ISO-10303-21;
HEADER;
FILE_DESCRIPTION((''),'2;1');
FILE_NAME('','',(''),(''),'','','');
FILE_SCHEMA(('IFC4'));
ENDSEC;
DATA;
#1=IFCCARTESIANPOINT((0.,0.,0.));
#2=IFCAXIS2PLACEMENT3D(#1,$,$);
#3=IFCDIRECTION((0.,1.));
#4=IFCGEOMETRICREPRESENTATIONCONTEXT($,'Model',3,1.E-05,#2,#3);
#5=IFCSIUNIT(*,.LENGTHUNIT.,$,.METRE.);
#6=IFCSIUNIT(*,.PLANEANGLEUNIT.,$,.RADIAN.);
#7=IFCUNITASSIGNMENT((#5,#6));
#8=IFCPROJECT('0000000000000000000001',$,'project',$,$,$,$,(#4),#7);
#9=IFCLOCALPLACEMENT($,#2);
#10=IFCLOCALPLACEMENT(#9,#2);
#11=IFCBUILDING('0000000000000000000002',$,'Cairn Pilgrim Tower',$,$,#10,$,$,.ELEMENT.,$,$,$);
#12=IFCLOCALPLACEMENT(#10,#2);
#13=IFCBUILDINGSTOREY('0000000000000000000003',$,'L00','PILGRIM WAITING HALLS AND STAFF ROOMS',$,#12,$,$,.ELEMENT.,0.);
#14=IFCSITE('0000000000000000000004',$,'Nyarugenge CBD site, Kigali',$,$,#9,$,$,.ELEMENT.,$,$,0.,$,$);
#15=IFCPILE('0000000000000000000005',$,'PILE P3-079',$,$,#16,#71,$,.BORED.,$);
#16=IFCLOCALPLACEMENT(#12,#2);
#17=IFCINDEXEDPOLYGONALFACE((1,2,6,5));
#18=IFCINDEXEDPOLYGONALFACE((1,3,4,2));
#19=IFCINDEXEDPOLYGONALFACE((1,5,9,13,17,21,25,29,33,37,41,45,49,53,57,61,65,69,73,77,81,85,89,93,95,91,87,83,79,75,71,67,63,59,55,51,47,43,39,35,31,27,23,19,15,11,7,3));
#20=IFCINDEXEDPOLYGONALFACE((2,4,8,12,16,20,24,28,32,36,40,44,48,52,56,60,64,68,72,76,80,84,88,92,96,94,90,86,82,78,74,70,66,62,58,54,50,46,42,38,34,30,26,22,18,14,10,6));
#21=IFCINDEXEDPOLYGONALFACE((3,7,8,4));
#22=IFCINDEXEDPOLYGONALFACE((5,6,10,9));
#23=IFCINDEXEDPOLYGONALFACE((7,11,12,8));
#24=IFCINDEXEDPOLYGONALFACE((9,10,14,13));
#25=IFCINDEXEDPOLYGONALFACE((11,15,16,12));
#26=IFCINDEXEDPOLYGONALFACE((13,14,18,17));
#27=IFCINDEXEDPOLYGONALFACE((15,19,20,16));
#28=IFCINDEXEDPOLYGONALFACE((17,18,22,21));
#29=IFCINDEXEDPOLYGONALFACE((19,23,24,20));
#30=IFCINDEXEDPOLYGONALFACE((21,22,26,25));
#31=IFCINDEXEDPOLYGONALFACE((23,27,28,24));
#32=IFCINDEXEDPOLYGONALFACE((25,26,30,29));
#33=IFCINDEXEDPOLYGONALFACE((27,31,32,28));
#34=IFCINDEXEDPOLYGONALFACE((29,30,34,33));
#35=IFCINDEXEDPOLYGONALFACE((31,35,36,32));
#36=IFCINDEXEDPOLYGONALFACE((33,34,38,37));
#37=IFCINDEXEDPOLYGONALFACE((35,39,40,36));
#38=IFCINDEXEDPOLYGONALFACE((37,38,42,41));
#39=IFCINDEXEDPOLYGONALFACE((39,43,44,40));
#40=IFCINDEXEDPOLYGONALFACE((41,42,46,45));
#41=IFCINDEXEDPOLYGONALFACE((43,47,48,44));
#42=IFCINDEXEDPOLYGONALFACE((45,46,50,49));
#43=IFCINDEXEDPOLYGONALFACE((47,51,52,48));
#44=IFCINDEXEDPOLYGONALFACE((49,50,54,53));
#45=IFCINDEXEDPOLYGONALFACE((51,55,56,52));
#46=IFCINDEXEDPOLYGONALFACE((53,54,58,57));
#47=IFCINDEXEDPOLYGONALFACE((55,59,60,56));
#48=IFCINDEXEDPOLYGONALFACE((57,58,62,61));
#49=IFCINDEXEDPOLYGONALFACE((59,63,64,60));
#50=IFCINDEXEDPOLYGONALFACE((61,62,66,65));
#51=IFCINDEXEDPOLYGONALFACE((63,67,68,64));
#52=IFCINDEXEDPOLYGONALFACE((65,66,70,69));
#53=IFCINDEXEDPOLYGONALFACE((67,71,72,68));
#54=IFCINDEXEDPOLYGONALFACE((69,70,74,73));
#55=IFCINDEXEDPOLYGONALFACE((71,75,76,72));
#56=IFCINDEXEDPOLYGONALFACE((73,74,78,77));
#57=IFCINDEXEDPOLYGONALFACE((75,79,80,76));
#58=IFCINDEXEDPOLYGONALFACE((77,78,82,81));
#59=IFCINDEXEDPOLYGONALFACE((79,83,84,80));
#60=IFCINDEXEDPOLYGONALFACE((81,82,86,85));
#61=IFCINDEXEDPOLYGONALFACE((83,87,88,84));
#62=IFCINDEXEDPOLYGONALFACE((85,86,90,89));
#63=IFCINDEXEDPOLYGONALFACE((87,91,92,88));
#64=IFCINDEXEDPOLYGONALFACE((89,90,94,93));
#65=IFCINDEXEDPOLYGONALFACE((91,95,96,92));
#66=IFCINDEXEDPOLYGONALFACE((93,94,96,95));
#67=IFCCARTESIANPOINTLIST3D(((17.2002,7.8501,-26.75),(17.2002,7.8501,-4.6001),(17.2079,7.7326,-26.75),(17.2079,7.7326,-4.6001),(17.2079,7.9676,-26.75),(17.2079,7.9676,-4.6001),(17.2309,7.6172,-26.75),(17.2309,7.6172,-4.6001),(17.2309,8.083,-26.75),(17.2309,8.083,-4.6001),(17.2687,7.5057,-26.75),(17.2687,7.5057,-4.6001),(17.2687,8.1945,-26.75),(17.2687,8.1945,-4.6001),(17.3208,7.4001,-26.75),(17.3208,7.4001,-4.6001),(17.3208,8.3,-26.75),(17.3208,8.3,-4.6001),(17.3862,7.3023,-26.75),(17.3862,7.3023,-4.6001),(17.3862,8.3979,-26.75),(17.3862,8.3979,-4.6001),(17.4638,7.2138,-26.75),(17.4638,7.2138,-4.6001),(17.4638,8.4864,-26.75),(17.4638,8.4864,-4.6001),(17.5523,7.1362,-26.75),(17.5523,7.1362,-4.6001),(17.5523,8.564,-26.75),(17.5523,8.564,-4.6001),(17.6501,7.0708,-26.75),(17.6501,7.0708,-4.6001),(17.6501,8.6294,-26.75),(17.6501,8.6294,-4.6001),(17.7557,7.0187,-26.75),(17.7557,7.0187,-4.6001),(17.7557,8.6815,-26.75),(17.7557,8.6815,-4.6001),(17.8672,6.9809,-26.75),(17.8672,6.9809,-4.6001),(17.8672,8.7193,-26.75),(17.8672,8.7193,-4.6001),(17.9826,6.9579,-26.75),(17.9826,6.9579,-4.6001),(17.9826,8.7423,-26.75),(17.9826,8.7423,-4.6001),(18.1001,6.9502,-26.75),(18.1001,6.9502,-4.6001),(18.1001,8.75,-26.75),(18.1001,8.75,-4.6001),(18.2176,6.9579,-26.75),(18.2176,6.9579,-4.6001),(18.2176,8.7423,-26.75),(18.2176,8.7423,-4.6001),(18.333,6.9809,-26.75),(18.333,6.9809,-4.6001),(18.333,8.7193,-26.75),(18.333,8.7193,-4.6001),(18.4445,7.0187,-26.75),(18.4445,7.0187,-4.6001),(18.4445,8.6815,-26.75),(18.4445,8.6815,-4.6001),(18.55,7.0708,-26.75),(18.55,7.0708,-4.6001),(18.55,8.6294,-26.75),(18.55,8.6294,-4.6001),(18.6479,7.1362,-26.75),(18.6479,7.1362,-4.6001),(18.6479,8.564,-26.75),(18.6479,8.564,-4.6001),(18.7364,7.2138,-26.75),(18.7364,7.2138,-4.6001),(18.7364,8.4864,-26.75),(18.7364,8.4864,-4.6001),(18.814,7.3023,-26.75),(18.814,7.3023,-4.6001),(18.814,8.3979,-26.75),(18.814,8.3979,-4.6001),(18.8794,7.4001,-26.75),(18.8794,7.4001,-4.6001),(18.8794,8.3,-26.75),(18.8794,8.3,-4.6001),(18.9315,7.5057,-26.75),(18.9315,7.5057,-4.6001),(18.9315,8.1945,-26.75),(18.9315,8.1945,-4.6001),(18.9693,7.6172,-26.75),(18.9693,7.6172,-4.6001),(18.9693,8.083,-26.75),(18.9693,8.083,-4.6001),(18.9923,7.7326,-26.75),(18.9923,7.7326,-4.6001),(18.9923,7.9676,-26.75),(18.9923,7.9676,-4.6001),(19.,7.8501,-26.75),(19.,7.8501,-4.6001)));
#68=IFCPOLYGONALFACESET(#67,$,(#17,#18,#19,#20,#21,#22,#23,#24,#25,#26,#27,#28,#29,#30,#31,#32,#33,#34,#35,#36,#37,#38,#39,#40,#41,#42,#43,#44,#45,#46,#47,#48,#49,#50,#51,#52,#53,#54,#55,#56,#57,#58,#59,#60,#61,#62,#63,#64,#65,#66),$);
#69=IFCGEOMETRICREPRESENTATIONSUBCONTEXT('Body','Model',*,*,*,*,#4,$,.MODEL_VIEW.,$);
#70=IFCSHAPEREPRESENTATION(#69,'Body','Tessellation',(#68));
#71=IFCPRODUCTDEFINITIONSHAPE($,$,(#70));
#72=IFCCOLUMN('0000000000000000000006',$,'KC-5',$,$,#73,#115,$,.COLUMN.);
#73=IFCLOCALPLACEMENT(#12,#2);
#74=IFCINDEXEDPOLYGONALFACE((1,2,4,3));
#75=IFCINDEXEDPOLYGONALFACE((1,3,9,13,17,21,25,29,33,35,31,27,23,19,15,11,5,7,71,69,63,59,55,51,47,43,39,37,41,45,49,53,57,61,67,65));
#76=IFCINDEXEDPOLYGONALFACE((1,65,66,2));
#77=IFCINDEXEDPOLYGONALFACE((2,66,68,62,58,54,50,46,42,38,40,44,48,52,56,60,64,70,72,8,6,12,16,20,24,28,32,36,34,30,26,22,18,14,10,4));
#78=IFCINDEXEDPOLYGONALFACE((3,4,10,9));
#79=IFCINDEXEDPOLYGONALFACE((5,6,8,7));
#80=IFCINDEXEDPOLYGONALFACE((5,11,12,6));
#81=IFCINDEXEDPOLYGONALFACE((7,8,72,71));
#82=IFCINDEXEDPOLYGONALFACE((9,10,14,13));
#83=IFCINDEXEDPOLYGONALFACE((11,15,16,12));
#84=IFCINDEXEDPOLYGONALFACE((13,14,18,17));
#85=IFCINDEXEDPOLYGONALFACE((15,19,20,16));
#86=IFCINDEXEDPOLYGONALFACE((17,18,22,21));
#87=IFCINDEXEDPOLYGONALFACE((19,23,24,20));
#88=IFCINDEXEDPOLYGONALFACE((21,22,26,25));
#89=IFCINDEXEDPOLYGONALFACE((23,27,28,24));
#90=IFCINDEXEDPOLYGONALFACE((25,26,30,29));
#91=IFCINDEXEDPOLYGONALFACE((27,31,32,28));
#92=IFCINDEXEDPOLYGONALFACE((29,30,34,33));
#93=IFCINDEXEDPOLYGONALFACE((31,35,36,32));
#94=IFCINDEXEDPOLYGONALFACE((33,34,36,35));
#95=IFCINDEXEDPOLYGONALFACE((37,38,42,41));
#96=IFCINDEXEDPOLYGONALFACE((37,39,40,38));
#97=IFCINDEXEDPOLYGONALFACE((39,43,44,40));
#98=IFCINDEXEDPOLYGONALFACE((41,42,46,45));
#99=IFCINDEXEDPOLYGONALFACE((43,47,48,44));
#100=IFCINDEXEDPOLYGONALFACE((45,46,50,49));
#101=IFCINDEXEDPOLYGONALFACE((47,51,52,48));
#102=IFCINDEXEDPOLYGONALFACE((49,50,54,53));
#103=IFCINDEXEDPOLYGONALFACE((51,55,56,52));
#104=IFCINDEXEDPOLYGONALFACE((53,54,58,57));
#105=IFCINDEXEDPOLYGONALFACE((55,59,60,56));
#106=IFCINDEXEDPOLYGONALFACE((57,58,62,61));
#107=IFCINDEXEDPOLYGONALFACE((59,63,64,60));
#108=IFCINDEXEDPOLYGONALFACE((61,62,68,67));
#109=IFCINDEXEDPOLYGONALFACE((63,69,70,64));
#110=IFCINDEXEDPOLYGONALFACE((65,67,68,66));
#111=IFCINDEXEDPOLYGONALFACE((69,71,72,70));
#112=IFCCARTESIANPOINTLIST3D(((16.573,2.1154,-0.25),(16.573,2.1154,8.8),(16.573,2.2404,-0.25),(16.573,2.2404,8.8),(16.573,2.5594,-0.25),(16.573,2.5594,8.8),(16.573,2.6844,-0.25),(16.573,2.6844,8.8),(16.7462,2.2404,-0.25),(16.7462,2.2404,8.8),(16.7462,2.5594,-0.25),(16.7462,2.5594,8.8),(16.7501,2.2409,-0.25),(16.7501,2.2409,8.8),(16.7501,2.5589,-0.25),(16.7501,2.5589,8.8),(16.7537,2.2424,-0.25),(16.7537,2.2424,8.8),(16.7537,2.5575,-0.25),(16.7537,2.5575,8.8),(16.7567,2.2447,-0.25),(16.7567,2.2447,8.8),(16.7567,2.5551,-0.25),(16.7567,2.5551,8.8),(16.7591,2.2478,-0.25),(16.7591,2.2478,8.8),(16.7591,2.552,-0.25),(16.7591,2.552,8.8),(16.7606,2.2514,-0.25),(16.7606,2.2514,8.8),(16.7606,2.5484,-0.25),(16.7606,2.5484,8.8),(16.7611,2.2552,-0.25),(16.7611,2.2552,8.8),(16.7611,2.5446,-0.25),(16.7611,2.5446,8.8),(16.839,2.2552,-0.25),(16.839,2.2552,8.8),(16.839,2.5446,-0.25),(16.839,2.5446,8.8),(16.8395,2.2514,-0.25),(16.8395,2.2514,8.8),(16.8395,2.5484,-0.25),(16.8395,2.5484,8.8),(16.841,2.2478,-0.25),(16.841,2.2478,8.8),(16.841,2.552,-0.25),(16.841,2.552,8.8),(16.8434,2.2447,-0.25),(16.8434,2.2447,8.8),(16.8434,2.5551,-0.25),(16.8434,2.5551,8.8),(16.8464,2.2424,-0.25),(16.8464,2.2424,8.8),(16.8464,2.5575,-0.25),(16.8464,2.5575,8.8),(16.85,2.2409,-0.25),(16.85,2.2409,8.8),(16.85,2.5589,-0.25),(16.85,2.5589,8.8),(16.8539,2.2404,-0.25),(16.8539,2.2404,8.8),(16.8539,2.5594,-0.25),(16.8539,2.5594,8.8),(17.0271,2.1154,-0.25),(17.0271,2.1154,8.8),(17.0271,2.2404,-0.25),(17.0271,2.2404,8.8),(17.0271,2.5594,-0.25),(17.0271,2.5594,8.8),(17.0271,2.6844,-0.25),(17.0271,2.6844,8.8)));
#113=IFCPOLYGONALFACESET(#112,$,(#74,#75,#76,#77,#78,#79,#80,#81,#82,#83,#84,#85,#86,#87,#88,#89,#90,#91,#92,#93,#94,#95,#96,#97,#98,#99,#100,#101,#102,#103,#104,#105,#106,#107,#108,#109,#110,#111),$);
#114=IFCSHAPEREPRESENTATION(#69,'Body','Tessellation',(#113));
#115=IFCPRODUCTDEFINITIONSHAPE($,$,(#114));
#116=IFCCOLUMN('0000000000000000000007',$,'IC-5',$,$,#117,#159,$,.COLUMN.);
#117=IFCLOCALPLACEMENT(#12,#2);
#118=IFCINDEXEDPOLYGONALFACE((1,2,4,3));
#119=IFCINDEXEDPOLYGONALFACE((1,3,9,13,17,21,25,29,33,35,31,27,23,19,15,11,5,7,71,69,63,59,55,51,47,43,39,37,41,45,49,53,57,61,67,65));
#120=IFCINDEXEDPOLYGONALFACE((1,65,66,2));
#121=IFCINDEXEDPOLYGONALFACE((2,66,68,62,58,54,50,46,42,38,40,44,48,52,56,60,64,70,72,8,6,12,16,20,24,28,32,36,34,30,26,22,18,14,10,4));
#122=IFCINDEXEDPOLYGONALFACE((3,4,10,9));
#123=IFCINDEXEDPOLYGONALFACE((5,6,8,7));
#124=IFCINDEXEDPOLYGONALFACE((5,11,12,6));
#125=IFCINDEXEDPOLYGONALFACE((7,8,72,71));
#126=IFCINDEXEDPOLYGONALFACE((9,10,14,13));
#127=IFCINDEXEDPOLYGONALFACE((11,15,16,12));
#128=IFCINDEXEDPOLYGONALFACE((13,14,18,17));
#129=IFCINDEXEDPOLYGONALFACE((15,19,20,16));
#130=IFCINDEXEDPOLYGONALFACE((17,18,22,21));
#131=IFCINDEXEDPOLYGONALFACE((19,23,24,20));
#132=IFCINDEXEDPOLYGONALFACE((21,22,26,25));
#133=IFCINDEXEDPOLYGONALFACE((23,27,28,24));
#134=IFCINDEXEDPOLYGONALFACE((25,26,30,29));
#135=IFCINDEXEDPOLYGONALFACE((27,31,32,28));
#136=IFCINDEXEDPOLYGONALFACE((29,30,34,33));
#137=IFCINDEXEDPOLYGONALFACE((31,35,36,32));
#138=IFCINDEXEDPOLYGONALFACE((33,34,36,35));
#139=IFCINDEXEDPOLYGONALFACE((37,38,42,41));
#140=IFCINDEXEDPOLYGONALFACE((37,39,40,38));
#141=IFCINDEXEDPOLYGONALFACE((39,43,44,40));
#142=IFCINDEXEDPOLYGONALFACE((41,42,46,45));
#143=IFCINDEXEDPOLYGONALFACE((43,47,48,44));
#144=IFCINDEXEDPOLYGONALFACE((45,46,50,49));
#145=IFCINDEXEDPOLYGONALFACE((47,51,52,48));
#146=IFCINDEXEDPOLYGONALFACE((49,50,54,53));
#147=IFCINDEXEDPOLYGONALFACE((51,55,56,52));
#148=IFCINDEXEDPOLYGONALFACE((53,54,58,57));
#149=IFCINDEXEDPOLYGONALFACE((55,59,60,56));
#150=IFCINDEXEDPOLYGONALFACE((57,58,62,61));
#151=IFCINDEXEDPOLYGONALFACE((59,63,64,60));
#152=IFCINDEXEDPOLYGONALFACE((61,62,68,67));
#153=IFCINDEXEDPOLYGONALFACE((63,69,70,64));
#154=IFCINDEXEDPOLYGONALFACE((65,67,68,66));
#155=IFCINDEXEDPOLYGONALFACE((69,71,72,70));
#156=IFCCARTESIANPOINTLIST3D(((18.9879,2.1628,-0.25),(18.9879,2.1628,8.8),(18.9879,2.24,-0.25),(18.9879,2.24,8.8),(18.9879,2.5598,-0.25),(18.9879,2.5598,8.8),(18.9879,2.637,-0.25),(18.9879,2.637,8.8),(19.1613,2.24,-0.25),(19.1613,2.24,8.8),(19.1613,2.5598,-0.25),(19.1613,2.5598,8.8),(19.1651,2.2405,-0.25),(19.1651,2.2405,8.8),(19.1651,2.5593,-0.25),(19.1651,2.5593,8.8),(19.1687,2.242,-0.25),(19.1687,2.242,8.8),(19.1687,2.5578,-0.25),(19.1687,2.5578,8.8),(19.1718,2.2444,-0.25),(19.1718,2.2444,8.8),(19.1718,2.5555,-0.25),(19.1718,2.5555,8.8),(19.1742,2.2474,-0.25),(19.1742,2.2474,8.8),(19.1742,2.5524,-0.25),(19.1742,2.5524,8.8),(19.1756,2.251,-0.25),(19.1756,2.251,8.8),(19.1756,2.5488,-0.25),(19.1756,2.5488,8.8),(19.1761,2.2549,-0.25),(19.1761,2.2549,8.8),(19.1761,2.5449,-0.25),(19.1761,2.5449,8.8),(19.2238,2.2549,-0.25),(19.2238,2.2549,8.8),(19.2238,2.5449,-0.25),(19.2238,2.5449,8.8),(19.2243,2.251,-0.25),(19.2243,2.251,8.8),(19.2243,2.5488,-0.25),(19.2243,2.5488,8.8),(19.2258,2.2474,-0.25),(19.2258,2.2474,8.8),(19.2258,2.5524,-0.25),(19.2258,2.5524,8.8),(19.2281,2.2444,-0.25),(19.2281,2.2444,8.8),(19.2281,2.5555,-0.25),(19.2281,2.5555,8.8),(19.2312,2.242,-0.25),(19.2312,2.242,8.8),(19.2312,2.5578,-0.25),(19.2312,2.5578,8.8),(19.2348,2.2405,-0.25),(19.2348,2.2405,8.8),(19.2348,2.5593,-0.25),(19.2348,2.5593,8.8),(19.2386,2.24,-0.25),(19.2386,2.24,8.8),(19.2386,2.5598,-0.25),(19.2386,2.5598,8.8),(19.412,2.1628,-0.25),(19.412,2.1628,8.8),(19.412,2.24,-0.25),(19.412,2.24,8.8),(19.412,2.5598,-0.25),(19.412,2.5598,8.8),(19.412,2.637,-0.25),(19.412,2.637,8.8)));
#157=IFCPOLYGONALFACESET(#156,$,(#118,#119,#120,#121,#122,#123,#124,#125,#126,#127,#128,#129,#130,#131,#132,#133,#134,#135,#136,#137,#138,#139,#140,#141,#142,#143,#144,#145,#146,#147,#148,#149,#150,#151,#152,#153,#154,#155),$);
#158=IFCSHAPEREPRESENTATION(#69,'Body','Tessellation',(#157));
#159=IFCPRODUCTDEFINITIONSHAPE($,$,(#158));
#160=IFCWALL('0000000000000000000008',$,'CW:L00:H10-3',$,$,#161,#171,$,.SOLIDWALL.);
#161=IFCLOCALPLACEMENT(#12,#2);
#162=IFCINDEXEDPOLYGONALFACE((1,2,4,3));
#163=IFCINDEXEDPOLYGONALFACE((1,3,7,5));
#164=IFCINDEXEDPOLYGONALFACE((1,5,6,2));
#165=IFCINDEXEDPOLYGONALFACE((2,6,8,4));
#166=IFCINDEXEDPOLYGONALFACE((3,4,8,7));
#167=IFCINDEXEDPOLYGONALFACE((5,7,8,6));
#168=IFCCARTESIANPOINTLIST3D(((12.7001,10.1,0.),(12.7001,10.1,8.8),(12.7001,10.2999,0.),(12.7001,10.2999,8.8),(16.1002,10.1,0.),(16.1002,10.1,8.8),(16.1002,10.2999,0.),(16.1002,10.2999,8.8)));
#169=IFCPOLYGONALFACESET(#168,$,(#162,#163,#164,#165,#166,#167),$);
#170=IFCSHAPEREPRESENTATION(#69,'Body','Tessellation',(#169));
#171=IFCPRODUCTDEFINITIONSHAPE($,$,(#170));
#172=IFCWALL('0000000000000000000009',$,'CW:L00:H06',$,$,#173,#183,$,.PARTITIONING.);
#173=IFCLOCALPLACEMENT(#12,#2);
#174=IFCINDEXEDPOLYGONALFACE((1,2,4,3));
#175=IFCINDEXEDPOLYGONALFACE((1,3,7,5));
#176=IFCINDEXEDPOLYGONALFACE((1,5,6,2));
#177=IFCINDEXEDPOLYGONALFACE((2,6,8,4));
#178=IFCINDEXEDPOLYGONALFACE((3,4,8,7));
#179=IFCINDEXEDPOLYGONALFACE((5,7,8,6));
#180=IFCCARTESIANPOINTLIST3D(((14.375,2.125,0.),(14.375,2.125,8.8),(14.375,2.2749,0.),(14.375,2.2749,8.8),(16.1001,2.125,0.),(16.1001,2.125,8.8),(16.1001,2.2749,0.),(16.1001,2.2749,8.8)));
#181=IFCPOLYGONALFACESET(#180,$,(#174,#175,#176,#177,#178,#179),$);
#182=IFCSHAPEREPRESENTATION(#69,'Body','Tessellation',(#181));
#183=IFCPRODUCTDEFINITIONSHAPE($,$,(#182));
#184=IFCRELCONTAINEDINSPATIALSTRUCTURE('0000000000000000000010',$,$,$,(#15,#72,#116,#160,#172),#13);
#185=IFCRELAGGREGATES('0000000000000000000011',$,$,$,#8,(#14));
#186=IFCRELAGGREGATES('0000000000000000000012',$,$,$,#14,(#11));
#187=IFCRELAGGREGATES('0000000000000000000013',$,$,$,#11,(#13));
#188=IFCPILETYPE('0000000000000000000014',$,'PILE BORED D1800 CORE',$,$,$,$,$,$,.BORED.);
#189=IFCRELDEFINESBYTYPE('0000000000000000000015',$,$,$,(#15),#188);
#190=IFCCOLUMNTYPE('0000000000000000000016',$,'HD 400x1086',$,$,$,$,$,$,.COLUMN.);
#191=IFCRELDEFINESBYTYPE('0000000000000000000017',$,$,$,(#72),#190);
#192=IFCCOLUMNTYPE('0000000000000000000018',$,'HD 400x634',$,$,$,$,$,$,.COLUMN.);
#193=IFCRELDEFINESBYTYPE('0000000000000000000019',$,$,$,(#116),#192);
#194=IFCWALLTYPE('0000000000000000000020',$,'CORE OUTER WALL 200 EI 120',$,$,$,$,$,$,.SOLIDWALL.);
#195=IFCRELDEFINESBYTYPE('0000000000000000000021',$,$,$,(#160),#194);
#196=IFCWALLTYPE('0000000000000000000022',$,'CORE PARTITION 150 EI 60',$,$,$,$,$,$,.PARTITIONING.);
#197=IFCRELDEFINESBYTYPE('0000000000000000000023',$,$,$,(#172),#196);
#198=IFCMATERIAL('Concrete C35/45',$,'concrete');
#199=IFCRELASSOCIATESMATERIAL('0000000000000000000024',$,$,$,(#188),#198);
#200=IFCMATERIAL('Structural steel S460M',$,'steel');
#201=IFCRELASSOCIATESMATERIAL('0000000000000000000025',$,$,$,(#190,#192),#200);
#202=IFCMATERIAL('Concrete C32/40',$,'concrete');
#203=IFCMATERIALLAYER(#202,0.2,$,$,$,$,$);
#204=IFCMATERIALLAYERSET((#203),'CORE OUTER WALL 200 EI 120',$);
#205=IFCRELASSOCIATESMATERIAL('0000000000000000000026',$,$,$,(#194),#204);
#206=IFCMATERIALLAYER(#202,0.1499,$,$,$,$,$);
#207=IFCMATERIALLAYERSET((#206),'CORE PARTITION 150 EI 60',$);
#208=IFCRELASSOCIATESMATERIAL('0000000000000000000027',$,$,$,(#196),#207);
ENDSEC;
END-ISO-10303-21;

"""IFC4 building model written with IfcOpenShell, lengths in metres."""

from ifc_helpers import new_model, si_unit, direction, frame, frame_2d, origin, origin_2d, place, context, subcontext, project, spatial, rectangle, circle, i_section, extrude, material, layer, layer_set, material_profile, profile_set, type_object, element, save


model = new_model("IFC4")

# Units and contexts
model_context = context("Model", 3, precision=1e-05, world=origin(), true_north=direction((0.0, 1.0)))
body_context = subcontext(model_context, "Body", "Model", "MODEL_VIEW")
ifc_project = project(units=[si_unit("LENGTHUNIT", "METRE"), si_unit("PLANEANGLEUNIT", "RADIAN")], contexts=[model_context])

# Site, building, storey
site_placement = place(None, origin())
site = spatial("IfcSite", under=ifc_project, at=site_placement, Name="Nyarugenge CBD site, Kigali", CompositionType="ELEMENT", RefElevation=0.0)
building_placement = place(site_placement, origin())
building = spatial("IfcBuilding", under=site, at=building_placement, Name="Cairn Pilgrim Tower", CompositionType="ELEMENT")
storey_placement = place(building_placement, origin())
storey = spatial("IfcBuildingStorey", under=building, at=storey_placement, Name="L00", Description="PILGRIM WAITING HALLS AND STAFF ROOMS", CompositionType="ELEMENT", Elevation=0.0)

# Pile
ifc_material_1 = material(Name="Concrete C35/45", Category="concrete")
ifc_material_profile_1 = material_profile(ifc_material_1, circle(Radius=0.8999, at=origin_2d()), Name="D1800")
ifc_profile_set_1 = profile_set([ifc_material_profile_1], Name="Concrete C35/45")
pile_type = type_object("IfcPileType", Name="PILE BORED D1800 CORE", PredefinedType="BORED", material=ifc_profile_set_1)
for number, where, z_axis, x_axis, name in (
    (1, (18.1001, 7.8501, -4.6001), (0.0, 0.0, -1.0), (1.0, 0.0, 0.0), "PILE P3-079"),
):
    element("IfcPile", number, at=place(storey_placement, frame(where, z_axis=z_axis, x_axis=x_axis)), inside=storey, type_object=pile_type, Name=name, PredefinedType="BORED", context=body_context, shape_type="SweptSolid", body=[
        extrude(circle(Radius=0.8999, at=origin_2d()), origin(), (0.0, 0.0, 1.0), 22.1499),
    ])

# Columns
ifc_material_2 = material(Name="Structural steel S460M", Category="steel")
ifc_material_profile_2 = material_profile(ifc_material_2, i_section(OverallWidth=0.4541, OverallDepth=0.5691, WebThickness=0.0779, FlangeThickness=0.125, FilletRadius=0.0149, at=origin_2d()), Name="HD 400x1086")
ifc_profile_set_2 = profile_set([ifc_material_profile_2], Name="Structural steel S460M")
column_type_1 = type_object("IfcColumnType", Name="HD 400x1086", PredefinedType="COLUMN", material=ifc_profile_set_2)
column_1_placement = place(storey_placement, frame((16.8, 2.3999, -0.25), z_axis=(0.0, 0.0, 1.0), x_axis=(1.0, 0.0, 0.0)))
element("IfcColumn", 2, at=column_1_placement, inside=storey, type_object=column_type_1, Name="KC-5", PredefinedType="COLUMN", context=body_context, shape_type="SweptSolid", body=[
    extrude(i_section(OverallWidth=0.4541, OverallDepth=0.5691, WebThickness=0.0779, FlangeThickness=0.125, FilletRadius=0.0149, at=origin_2d()), origin(), (0.0, 0.0, 1.0), 9.05),
])
ifc_material_profile_3 = material_profile(ifc_material_2, i_section(OverallWidth=0.4241, OverallDepth=0.4741, WebThickness=0.0476, FlangeThickness=0.0771, FilletRadius=0.0149, at=origin_2d()), Name="HD 400x634")
ifc_profile_set_3 = profile_set([ifc_material_profile_3], Name="Structural steel S460M")
column_type_2 = type_object("IfcColumnType", Name="HD 400x634", PredefinedType="COLUMN", material=ifc_profile_set_3)
column_2_placement = place(storey_placement, frame((19.2, 2.3999, -0.25), z_axis=(0.0, 0.0, 1.0), x_axis=(1.0, 0.0, 0.0)))
element("IfcColumn", 3, at=column_2_placement, inside=storey, type_object=column_type_2, Name="IC-5", PredefinedType="COLUMN", context=body_context, shape_type="SweptSolid", body=[
    extrude(i_section(OverallWidth=0.4241, OverallDepth=0.4741, WebThickness=0.0476, FlangeThickness=0.0771, FilletRadius=0.0149, at=origin_2d()), origin(), (0.0, 0.0, 1.0), 9.05),
])

# Walls
ifc_material_3 = material(Name="Concrete C32/40", Category="concrete")
ifc_layer_1 = layer(ifc_material_3, 0.2)
ifc_layer_set_1 = layer_set([ifc_layer_1], Name="CORE OUTER WALL 200 EI 120")
wall_type_1 = type_object("IfcWallType", Name="CORE OUTER WALL 200 EI 120", PredefinedType="SOLIDWALL", material=ifc_layer_set_1)
wall_1_placement = place(storey_placement, frame((12.7, 10.2, 0.0), z_axis=(0.0, 0.0, 1.0), x_axis=(1.0, 0.0, 0.0)))
element("IfcWall", 4, at=wall_1_placement, inside=storey, type_object=wall_type_1, Name="CW:L00:H10-3", PredefinedType="SOLIDWALL", context=body_context, shape_type="SweptSolid", body=[
    extrude(rectangle(XDim=3.4001, YDim=0.2, at=frame_2d((1.7002, 0.0))), origin(), (0.0, 0.0, 1.0), 8.8),
])
ifc_layer_2 = layer(ifc_material_3, 0.1499)
ifc_layer_set_2 = layer_set([ifc_layer_2], Name="CORE PARTITION 150 EI 60")
wall_type_2 = type_object("IfcWallType", Name="CORE PARTITION 150 EI 60", PredefinedType="PARTITIONING", material=ifc_layer_set_2)
wall_2_placement = place(storey_placement, frame((14.375, 2.2, 0.0), z_axis=(0.0, 0.0, 1.0), x_axis=(1.0, 0.0, 0.0)))
element("IfcWall", 5, at=wall_2_placement, inside=storey, type_object=wall_type_2, Name="CW:L00:H06", PredefinedType="PARTITIONING", context=body_context, shape_type="SweptSolid", body=[
    extrude(rectangle(XDim=1.7251, YDim=0.1499, at=frame_2d((0.8625, 0.0))), origin(), (0.0, 0.0, 1.0), 8.8),
])

save(model, "model.ifc")
